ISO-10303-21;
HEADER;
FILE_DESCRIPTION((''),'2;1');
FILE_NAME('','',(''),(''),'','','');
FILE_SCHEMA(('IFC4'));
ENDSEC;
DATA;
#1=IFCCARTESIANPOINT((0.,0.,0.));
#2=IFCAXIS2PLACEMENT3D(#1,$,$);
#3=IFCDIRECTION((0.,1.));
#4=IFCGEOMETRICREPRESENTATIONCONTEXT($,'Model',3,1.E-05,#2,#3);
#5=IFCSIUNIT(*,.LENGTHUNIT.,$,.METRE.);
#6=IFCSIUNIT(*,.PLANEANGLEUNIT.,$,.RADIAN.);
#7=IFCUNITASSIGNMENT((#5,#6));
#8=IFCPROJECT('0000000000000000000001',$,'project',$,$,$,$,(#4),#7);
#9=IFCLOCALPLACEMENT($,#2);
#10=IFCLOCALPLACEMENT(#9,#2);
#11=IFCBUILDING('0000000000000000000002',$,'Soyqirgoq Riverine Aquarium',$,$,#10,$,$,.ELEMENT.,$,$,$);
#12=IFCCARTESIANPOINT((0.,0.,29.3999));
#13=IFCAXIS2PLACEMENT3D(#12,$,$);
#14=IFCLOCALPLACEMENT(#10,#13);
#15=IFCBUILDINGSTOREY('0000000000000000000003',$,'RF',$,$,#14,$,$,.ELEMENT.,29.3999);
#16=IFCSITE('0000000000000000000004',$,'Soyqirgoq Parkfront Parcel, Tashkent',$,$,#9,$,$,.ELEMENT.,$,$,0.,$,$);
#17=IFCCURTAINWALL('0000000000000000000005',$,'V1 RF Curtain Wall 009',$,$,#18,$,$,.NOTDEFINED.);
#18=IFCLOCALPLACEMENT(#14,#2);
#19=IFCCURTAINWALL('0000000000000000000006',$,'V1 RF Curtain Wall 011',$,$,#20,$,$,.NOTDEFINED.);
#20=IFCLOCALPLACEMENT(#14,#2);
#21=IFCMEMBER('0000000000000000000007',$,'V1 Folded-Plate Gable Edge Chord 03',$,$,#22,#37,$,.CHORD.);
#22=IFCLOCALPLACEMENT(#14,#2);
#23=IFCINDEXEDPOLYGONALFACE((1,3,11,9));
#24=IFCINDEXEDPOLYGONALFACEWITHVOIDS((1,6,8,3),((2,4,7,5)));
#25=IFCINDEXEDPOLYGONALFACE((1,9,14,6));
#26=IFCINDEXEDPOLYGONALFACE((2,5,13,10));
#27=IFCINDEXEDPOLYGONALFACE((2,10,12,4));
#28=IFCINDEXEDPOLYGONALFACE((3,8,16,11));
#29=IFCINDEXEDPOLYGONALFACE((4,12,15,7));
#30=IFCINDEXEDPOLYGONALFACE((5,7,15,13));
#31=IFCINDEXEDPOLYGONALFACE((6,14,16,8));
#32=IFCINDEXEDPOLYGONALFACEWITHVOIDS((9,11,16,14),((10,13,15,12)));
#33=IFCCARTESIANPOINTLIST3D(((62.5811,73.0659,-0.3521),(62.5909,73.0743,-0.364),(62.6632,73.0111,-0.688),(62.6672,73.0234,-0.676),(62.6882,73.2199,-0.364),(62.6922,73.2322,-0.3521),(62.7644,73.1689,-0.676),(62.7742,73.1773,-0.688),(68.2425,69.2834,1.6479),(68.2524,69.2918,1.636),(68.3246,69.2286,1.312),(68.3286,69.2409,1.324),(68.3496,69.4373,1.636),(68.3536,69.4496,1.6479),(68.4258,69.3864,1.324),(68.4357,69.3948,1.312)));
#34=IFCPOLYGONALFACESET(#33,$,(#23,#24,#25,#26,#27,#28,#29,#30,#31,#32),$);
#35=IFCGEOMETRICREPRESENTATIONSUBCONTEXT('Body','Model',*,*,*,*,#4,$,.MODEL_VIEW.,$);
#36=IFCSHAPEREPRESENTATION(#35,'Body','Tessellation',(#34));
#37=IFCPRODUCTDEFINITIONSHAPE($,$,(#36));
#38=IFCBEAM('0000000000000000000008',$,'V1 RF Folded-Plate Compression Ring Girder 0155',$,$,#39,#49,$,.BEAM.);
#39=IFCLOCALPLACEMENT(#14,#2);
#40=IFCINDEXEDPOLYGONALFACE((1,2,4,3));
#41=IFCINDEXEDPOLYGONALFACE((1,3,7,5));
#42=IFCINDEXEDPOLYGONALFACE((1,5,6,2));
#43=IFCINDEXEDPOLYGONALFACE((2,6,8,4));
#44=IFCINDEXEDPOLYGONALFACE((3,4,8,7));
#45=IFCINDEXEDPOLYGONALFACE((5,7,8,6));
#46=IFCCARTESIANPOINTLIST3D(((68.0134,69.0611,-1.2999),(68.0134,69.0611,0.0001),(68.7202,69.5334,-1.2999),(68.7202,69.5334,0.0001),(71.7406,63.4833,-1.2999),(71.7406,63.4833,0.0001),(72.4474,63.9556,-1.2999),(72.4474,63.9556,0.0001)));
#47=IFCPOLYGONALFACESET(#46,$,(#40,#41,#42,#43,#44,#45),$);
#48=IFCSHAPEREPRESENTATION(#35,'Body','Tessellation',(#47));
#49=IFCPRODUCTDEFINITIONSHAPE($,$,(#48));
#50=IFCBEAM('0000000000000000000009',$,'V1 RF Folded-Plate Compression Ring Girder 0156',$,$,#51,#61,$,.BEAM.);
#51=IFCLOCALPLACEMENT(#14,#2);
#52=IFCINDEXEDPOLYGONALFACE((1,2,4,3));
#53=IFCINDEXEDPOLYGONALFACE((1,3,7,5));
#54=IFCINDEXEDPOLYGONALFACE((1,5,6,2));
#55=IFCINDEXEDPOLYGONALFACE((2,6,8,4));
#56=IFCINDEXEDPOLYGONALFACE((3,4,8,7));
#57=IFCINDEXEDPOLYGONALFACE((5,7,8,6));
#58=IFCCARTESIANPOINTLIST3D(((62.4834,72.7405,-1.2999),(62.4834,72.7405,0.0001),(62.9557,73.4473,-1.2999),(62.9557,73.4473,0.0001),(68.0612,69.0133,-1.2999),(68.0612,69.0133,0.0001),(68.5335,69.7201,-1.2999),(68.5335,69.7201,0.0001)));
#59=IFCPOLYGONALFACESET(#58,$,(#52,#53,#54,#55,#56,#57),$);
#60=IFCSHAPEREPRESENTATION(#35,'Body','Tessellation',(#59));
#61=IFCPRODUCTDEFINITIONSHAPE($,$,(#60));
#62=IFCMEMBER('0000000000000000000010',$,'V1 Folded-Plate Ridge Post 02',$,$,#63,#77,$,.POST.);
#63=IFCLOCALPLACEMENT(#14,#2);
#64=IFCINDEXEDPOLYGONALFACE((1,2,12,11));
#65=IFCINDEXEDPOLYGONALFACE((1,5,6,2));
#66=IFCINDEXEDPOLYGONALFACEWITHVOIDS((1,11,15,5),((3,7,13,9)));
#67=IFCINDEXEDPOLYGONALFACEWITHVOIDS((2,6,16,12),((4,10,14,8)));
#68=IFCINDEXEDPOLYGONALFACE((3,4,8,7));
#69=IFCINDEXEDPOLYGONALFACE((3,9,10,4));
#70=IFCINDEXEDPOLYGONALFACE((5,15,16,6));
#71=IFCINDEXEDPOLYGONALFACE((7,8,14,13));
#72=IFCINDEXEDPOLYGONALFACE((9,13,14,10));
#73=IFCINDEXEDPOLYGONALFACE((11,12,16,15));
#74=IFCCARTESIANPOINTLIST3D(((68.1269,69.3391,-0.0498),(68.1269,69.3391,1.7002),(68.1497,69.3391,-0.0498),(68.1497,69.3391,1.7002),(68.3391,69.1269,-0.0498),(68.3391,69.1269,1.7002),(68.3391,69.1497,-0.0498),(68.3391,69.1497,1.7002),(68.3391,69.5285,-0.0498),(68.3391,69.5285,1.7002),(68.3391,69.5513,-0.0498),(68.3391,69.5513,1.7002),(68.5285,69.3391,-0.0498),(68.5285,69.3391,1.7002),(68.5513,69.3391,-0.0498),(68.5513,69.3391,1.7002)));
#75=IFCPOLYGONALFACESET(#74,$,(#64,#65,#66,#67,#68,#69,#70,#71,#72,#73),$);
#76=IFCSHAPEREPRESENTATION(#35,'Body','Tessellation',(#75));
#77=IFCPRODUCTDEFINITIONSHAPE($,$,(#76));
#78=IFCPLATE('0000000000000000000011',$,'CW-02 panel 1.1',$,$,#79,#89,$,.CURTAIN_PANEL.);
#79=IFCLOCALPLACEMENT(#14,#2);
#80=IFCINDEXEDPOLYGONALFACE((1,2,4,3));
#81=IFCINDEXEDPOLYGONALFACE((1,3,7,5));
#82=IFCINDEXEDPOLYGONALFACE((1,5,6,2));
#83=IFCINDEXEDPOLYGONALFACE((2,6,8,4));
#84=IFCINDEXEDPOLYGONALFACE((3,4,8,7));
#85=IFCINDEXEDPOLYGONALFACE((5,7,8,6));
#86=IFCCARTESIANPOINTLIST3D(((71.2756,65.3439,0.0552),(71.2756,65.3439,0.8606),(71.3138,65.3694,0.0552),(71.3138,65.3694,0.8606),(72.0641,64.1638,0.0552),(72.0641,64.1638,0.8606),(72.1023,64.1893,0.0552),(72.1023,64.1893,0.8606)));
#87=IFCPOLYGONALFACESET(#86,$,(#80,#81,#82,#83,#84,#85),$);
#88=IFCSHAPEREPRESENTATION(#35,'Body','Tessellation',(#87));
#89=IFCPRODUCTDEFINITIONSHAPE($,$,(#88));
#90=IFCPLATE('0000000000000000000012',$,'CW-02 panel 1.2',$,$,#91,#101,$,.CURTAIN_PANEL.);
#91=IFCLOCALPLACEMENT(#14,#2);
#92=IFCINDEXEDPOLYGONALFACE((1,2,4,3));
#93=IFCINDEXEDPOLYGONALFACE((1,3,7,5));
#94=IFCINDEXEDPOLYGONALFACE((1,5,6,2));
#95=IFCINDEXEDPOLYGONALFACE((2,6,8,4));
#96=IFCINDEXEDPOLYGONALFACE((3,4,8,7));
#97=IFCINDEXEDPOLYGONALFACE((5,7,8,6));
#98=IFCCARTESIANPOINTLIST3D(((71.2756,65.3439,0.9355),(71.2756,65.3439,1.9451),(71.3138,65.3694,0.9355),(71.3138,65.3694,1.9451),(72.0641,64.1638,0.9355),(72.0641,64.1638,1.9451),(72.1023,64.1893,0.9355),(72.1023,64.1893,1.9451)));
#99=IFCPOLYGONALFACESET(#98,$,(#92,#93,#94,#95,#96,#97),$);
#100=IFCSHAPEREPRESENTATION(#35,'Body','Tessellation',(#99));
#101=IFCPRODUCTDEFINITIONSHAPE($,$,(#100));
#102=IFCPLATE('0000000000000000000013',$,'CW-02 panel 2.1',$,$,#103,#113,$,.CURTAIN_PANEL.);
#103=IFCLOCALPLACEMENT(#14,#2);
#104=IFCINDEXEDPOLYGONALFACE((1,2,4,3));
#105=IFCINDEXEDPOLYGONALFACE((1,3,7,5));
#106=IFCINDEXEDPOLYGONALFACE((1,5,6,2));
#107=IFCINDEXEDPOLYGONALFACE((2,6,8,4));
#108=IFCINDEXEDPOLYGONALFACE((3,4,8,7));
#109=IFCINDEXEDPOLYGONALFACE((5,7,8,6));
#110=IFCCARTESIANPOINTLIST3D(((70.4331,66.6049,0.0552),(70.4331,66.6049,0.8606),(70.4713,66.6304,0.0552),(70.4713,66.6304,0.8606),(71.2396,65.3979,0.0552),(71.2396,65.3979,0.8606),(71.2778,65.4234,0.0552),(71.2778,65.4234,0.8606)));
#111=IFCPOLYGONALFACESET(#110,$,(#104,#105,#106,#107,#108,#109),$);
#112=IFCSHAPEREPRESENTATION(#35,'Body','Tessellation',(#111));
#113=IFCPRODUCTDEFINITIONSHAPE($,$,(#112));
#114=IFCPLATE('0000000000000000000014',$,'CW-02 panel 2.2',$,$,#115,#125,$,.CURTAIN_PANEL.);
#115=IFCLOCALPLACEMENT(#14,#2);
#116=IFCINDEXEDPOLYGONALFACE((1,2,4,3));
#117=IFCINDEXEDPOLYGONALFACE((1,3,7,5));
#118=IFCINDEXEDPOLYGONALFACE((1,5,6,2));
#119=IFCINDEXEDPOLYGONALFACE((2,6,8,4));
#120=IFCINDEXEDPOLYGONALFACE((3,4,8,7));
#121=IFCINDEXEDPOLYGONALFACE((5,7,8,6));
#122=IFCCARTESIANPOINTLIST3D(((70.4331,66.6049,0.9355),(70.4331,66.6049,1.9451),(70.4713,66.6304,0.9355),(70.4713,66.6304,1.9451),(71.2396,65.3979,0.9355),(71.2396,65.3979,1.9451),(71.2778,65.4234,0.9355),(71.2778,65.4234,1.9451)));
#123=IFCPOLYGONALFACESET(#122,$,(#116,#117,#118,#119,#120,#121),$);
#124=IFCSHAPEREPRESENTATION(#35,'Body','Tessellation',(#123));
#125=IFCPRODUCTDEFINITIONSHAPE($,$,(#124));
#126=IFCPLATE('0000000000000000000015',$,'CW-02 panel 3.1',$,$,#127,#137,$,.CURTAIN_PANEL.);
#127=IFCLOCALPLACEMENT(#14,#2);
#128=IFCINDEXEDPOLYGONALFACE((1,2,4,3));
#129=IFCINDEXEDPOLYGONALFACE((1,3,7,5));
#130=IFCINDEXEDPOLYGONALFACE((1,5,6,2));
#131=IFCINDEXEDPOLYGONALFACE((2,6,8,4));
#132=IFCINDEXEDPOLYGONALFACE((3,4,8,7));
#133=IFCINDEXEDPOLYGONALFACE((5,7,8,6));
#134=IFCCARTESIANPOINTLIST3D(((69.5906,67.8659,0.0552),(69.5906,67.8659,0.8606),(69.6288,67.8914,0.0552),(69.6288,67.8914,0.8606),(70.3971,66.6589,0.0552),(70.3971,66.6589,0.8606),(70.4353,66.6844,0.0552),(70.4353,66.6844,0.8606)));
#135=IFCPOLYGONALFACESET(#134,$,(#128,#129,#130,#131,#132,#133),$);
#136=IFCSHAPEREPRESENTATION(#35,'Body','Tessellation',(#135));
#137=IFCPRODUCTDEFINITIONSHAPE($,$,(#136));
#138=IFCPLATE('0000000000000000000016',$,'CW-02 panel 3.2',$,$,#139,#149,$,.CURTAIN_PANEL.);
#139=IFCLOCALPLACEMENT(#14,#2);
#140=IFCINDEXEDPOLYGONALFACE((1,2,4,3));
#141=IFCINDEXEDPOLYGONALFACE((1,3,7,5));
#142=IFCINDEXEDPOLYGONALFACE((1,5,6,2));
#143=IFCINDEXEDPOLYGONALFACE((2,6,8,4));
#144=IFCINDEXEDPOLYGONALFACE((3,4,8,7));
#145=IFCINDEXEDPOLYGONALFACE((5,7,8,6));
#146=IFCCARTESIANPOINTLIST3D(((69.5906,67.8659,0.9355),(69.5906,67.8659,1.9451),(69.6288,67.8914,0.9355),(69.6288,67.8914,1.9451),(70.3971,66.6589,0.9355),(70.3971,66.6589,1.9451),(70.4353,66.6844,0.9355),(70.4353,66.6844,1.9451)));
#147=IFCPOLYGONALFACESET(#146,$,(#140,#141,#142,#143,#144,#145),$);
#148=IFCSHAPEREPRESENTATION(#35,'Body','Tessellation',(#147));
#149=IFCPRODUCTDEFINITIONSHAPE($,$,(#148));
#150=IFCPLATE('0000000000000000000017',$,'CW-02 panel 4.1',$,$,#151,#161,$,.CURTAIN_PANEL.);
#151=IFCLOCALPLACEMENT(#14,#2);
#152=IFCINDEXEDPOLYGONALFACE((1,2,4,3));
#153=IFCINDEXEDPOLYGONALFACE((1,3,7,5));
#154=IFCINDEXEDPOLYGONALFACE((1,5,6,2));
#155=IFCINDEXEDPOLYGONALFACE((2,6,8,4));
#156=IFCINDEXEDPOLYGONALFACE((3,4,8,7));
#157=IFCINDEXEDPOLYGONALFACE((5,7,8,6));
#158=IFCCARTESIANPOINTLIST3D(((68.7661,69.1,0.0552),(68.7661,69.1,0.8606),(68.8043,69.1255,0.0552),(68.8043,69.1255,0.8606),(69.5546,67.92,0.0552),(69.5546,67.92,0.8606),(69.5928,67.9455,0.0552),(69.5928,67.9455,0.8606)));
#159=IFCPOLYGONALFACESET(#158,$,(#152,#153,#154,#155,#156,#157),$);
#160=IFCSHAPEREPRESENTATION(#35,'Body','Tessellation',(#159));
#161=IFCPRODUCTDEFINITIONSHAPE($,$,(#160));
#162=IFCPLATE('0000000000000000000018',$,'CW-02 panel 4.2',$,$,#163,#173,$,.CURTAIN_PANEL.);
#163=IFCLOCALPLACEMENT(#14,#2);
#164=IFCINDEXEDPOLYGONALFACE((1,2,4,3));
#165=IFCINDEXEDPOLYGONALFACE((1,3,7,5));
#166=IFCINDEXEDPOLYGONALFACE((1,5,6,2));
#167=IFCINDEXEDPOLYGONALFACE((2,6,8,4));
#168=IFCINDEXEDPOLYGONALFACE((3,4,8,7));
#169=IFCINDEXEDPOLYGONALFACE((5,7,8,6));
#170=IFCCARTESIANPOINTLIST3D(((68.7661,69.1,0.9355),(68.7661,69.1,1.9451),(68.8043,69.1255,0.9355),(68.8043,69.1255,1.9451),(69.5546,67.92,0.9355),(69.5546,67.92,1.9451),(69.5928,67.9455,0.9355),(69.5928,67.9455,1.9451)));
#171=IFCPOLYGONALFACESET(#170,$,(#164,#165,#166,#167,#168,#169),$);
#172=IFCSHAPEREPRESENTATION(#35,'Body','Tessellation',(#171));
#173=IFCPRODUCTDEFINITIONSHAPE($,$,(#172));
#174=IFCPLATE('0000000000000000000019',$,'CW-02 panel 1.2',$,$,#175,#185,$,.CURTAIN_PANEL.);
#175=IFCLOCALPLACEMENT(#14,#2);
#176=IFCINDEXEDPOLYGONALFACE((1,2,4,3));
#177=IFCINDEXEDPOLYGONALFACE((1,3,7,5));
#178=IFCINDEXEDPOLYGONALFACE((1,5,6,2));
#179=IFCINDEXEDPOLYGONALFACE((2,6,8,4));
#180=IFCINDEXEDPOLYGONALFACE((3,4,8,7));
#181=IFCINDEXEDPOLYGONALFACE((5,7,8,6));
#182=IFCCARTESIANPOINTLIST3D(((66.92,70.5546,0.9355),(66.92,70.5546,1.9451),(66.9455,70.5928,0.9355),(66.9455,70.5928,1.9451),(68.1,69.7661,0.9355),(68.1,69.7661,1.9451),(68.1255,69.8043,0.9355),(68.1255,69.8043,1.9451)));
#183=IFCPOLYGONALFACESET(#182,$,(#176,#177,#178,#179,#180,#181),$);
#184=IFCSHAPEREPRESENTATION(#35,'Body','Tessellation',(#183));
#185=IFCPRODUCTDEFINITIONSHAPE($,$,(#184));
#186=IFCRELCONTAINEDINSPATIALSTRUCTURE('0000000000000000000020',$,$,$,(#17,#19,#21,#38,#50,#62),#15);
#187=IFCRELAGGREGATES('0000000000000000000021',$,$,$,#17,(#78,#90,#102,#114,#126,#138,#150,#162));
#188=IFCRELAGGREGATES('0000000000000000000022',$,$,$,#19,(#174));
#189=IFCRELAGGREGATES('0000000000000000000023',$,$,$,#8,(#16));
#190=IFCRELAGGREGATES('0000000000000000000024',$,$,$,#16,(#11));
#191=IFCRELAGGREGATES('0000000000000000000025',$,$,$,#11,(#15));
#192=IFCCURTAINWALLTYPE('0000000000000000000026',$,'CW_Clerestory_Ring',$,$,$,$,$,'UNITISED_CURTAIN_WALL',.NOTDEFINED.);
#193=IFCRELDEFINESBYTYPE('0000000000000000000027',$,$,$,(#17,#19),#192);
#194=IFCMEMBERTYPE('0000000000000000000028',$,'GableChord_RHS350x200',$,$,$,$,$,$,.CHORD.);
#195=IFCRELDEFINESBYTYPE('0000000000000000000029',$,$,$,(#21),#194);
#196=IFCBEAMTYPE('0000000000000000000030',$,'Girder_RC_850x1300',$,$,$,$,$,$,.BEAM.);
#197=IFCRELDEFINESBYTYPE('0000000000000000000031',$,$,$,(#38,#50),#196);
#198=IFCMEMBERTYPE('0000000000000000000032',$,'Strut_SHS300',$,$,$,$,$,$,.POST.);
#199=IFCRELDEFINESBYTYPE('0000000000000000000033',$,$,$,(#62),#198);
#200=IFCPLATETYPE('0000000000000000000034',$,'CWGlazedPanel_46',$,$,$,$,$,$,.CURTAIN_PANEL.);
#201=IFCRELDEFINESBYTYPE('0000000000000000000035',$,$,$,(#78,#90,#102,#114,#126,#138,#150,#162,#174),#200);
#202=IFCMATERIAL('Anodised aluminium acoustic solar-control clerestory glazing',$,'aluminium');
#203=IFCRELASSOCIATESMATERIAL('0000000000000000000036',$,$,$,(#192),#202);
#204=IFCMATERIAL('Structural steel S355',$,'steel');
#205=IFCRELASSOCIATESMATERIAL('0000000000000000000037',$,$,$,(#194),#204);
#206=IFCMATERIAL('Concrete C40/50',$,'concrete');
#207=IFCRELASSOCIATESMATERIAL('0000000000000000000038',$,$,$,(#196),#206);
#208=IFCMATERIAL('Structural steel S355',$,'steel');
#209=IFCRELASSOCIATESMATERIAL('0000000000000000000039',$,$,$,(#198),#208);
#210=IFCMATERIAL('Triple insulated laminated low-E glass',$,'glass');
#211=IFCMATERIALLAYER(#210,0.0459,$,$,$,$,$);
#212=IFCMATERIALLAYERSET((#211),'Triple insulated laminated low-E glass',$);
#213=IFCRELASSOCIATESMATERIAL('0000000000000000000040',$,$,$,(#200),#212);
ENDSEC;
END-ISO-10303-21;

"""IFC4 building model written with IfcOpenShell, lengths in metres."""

from ifc_helpers import new_model, si_unit, direction, frame, origin, origin_2d, place, context, subcontext, project, spatial, rectangle, hollow_rectangle, extrude, material, layer, layer_set, material_profile, profile_set, type_object, element, aggregate, save


model = new_model("IFC4")

# Units and contexts
model_context = context("Model", 3, precision=1e-05, world=origin(), true_north=direction((0.0, 1.0)))
body_context = subcontext(model_context, "Body", "Model", "MODEL_VIEW")
ifc_project = project(units=[si_unit("LENGTHUNIT", "METRE"), si_unit("PLANEANGLEUNIT", "RADIAN")], contexts=[model_context])

# Site, building, storey
site_placement = place(None, origin())
site = spatial("IfcSite", under=ifc_project, at=site_placement, Name="Soyqirgoq Parkfront Parcel, Tashkent", CompositionType="ELEMENT", RefElevation=0.0)
building_placement = place(site_placement, origin())
building = spatial("IfcBuilding", under=site, at=building_placement, Name="Soyqirgoq Riverine Aquarium", CompositionType="ELEMENT")
storey_placement = place(building_placement, frame((0.0, 0.0, 29.3999)))
storey = spatial("IfcBuildingStorey", under=building, at=storey_placement, Name="RF", CompositionType="ELEMENT", Elevation=29.3999)

# Curtain wall
ifc_material_1 = material(Name="Anodised aluminium acoustic solar-control clerestory glazing", Category="aluminium")
curtain_wall_type = type_object("IfcCurtainWallType", Name="CW_Clerestory_Ring", ElementType="UNITISED_CURTAIN_WALL", PredefinedType="NOTDEFINED", material=ifc_material_1)
curtain_wall_1_placement = place(storey_placement, origin())
curtain_wall_1 = element("IfcCurtainWall", 1, at=curtain_wall_1_placement, inside=storey, type_object=curtain_wall_type, Name="V1 RF Curtain Wall 009", PredefinedType="NOTDEFINED")

# Curtain wall
curtain_wall_2_placement = place(storey_placement, origin())
curtain_wall_2 = element("IfcCurtainWall", 2, at=curtain_wall_2_placement, inside=storey, type_object=curtain_wall_type, Name="V1 RF Curtain Wall 011", PredefinedType="NOTDEFINED")

# Member
ifc_material_2 = material(Name="Structural steel S355", Category="steel")
ifc_material_profile_1 = material_profile(ifc_material_2, hollow_rectangle(XDim=0.2, YDim=0.3501, WallThickness=0.0125, at=origin_2d()), Name="RHS 350x200x12.5")
ifc_profile_set_1 = profile_set([ifc_material_profile_1], Name="Structural steel S355")
member_type_1 = type_object("IfcMemberType", Name="GableChord_RHS350x200", PredefinedType="CHORD", material=ifc_profile_set_1)
member_1_placement = place(storey_placement, frame((68.3391, 69.3391, 1.48), z_axis=(-0.797786, 0.533016, -0.281835), x_axis=(-0.555536, -0.831493, 0.0)))
element("IfcMember", 3, at=member_1_placement, inside=storey, type_object=member_type_1, Name="V1 Folded-Plate Gable Edge Chord 03", PredefinedType="CHORD", context=body_context, shape_type="SweptSolid", body=[
    extrude(hollow_rectangle(XDim=0.2, YDim=0.3501, WallThickness=0.0125, at=origin_2d()), origin(), (0.0, 0.0, 1.0), 7.0964),
])

# Beams
ifc_material_3 = material(Name="Concrete C40/50", Category="concrete")
ifc_material_profile_2 = material_profile(ifc_material_3, rectangle(XDim=0.8501, YDim=1.3, at=origin_2d()), Name="RC 850x1300")
ifc_profile_set_2 = profile_set([ifc_material_profile_2], Name="Concrete C40/50")
beam_type = type_object("IfcBeamType", Name="Girder_RC_850x1300", PredefinedType="BEAM", material=ifc_profile_set_2)
for number, where, z_axis, x_axis, name in (
    (4, (72.094, 63.7195, -0.6499), (-0.555598, 0.831451, 0.0), (-0.831451, -0.555598, 0.0), "V1 RF Folded-Plate Compression Ring Girder 0155"),
    (5, (68.2974, 69.3667, -0.6499), (-0.831451, 0.555598, 0.0), (-0.555598, -0.831451, 0.0), "V1 RF Folded-Plate Compression Ring Girder 0156"),
):
    element("IfcBeam", number, at=place(storey_placement, frame(where, z_axis=z_axis, x_axis=x_axis)), inside=storey, type_object=beam_type, Name=name, PredefinedType="BEAM", context=body_context, shape_type="SweptSolid", body=[
        extrude(rectangle(XDim=0.8501, YDim=1.3, at=origin_2d()), origin(), (0.0, 0.0, 1.0), 6.7085),
    ])

# Member
ifc_material_4 = material(Name="Structural steel S355", Category="steel")
ifc_material_profile_3 = material_profile(ifc_material_4, hollow_rectangle(XDim=0.3, YDim=0.3, WallThickness=0.0161, at=origin_2d()), Name="SHS 300x300x16")
ifc_profile_set_3 = profile_set([ifc_material_profile_3], Name="Structural steel S355")
member_type_2 = type_object("IfcMemberType", Name="Strut_SHS300", PredefinedType="POST", material=ifc_profile_set_3)
member_2_placement = place(storey_placement, frame((68.3391, 69.3391, -0.0498), z_axis=(0.0, 0.0, 1.0), x_axis=(0.707107, 0.707107, 0.0)))
element("IfcMember", 6, at=member_2_placement, inside=storey, type_object=member_type_2, Name="V1 Folded-Plate Ridge Post 02", PredefinedType="POST", context=body_context, shape_type="SweptSolid", body=[
    extrude(hollow_rectangle(XDim=0.3, YDim=0.3, WallThickness=0.0161, at=origin_2d()), origin(), (0.0, 0.0, 1.0), 1.75),
])

# Plates
ifc_material_5 = material(Name="Triple insulated laminated low-E glass", Category="glass")
ifc_layer_1 = layer(ifc_material_5, 0.0459)
ifc_layer_set_1 = layer_set([ifc_layer_1], Name="Triple insulated laminated low-E glass")
plate_type_1 = type_object("IfcPlateType", Name="CWGlazedPanel_46", PredefinedType="CURTAIN_PANEL", material=ifc_layer_set_1)
plate_1_placement = place(storey_placement, frame((71.689, 64.7666, 0.0552), z_axis=(0.0, 0.0, 1.0), x_axis=(-0.555579, 0.831464, 0.0)))
plate_1 = element("IfcPlate", 7, at=plate_1_placement, type_object=plate_type_1, Name="CW-02 panel 1.1", PredefinedType="CURTAIN_PANEL", context=body_context, shape_type="SweptSolid", body=[
    extrude(rectangle(XDim=1.4192, YDim=0.0459, at=origin_2d()), origin(), (0.0, 0.0, 1.0), 0.8054),
])
plate_2_placement = place(storey_placement, frame((71.689, 64.7666, 0.9355), z_axis=(0.0, 0.0, 1.0), x_axis=(-0.555579, 0.831464, 0.0)))
plate_2 = element("IfcPlate", 8, at=plate_2_placement, type_object=plate_type_1, Name="CW-02 panel 1.2", PredefinedType="CURTAIN_PANEL", context=body_context, shape_type="SweptSolid", body=[
    extrude(rectangle(XDim=1.4192, YDim=0.0459, at=origin_2d()), origin(), (0.0, 0.0, 1.0), 1.0095),
])
plate_3_placement = place(storey_placement, frame((70.8555, 66.0142, 0.0552), z_axis=(0.0, 0.0, 1.0), x_axis=(-0.555579, 0.831464, 0.0)))
plate_3 = element("IfcPlate", 9, at=plate_3_placement, type_object=plate_type_1, Name="CW-02 panel 2.1", PredefinedType="CURTAIN_PANEL", context=body_context, shape_type="SweptSolid", body=[
    extrude(rectangle(XDim=1.4517, YDim=0.0459, at=origin_2d()), origin(), (0.0, 0.0, 1.0), 0.8054),
])
plate_4_placement = place(storey_placement, frame((70.8555, 66.0142, 0.9355), z_axis=(0.0, 0.0, 1.0), x_axis=(-0.555579, 0.831464, 0.0)))
plate_4 = element("IfcPlate", 10, at=plate_4_placement, type_object=plate_type_1, Name="CW-02 panel 2.2", PredefinedType="CURTAIN_PANEL", context=body_context, shape_type="SweptSolid", body=[
    extrude(rectangle(XDim=1.4517, YDim=0.0459, at=origin_2d()), origin(), (0.0, 0.0, 1.0), 1.0095),
])
plate_5_placement = place(storey_placement, frame((70.0129, 67.2751, 0.0552), z_axis=(0.0, 0.0, 1.0), x_axis=(-0.555579, 0.831464, 0.0)))
plate_5 = element("IfcPlate", 11, at=plate_5_placement, type_object=plate_type_1, Name="CW-02 panel 3.1", PredefinedType="CURTAIN_PANEL", context=body_context, shape_type="SweptSolid", body=[
    extrude(rectangle(XDim=1.4517, YDim=0.0459, at=origin_2d()), origin(), (0.0, 0.0, 1.0), 0.8054),
])
plate_6_placement = place(storey_placement, frame((70.0129, 67.2751, 0.9355), z_axis=(0.0, 0.0, 1.0), x_axis=(-0.555579, 0.831464, 0.0)))
plate_6 = element("IfcPlate", 12, at=plate_6_placement, type_object=plate_type_1, Name="CW-02 panel 3.2", PredefinedType="CURTAIN_PANEL", context=body_context, shape_type="SweptSolid", body=[
    extrude(rectangle(XDim=1.4517, YDim=0.0459, at=origin_2d()), origin(), (0.0, 0.0, 1.0), 1.0095),
])
plate_7_placement = place(storey_placement, frame((69.1794, 68.5227, 0.0552), z_axis=(0.0, 0.0, 1.0), x_axis=(-0.555579, 0.831464, 0.0)))
plate_7 = element("IfcPlate", 13, at=plate_7_placement, type_object=plate_type_1, Name="CW-02 panel 4.1", PredefinedType="CURTAIN_PANEL", context=body_context, shape_type="SweptSolid", body=[
    extrude(rectangle(XDim=1.4192, YDim=0.0459, at=origin_2d()), origin(), (0.0, 0.0, 1.0), 0.8054),
])
plate_8_placement = place(storey_placement, frame((69.1794, 68.5227, 0.9355), z_axis=(0.0, 0.0, 1.0), x_axis=(-0.555579, 0.831464, 0.0)))
plate_8 = element("IfcPlate", 14, at=plate_8_placement, type_object=plate_type_1, Name="CW-02 panel 4.2", PredefinedType="CURTAIN_PANEL", context=body_context, shape_type="SweptSolid", body=[
    extrude(rectangle(XDim=1.4192, YDim=0.0459, at=origin_2d()), origin(), (0.0, 0.0, 1.0), 1.0095),
])
aggregate(curtain_wall_1, [plate_1, plate_2, plate_3, plate_4, plate_5, plate_6, plate_7, plate_8])
plate_9_placement = place(storey_placement, frame((67.5227, 70.1794, 0.9355), z_axis=(0.0, 0.0, 1.0), x_axis=(-0.831464, 0.555579, 0.0)))
plate_9 = element("IfcPlate", 15, at=plate_9_placement, type_object=plate_type_1, Name="CW-02 panel 1.2", PredefinedType="CURTAIN_PANEL", context=body_context, shape_type="SweptSolid", body=[
    extrude(rectangle(XDim=1.4192, YDim=0.0459, at=origin_2d()), origin(), (0.0, 0.0, 1.0), 1.0095),
])
aggregate(curtain_wall_2, [plate_9])

save(model, "model.ifc")
